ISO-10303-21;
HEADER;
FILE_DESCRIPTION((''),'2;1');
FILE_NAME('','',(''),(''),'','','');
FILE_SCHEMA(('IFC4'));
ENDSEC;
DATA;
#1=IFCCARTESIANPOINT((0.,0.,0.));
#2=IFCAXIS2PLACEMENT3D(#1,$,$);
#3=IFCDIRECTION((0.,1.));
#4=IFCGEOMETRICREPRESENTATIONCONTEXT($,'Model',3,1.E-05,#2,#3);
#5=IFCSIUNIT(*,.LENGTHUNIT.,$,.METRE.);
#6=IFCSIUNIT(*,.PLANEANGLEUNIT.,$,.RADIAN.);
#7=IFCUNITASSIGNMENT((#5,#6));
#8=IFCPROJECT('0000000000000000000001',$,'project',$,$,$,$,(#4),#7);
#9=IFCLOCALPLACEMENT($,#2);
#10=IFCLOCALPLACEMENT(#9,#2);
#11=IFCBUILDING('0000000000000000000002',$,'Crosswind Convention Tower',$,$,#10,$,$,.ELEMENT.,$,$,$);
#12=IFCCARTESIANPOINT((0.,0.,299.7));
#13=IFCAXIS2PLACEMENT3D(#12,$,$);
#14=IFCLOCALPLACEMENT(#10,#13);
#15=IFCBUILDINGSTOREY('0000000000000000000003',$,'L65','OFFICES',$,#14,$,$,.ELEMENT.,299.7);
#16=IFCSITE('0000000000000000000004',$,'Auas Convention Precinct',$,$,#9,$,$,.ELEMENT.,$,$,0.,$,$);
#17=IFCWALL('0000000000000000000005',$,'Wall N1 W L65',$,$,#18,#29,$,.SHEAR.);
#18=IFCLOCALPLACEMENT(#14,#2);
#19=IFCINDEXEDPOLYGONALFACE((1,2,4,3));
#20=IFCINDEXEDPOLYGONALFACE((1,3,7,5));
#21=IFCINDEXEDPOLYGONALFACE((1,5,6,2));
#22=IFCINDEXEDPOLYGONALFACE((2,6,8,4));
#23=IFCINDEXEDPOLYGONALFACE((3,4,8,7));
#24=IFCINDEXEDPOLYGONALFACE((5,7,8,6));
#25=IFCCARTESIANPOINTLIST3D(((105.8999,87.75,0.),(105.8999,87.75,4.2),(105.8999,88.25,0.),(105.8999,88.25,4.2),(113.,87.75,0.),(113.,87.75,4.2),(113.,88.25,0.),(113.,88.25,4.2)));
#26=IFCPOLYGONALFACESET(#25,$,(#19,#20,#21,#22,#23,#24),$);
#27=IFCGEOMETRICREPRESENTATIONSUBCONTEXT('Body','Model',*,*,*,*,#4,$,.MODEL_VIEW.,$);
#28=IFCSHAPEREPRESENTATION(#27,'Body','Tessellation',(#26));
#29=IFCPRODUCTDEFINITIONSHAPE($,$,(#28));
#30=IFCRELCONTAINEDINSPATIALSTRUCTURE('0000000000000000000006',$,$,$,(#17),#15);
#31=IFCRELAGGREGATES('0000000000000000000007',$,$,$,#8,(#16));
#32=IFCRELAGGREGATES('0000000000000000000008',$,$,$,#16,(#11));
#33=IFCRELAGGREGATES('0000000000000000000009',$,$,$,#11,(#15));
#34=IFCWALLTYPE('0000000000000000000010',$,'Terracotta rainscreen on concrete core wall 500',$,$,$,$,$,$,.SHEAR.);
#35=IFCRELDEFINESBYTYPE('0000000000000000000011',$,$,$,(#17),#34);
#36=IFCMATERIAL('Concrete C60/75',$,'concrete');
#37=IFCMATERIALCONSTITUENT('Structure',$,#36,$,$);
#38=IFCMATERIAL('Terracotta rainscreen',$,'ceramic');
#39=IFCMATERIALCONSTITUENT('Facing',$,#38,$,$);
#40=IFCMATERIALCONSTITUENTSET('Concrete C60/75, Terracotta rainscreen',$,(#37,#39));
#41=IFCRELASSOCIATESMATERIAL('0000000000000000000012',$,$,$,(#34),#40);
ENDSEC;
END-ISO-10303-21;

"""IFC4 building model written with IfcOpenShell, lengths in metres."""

from ifc_helpers import new_model, si_unit, direction, frame, frame_2d, origin, place, context, subcontext, project, spatial, rectangle, extrude, material, constituent, constituent_set, type_object, element, save


model = new_model("IFC4")

# Units and contexts
model_context = context("Model", 3, precision=1e-05, world=origin(), true_north=direction((0.0, 1.0)))
body_context = subcontext(model_context, "Body", "Model", "MODEL_VIEW")
ifc_project = project(units=[si_unit("LENGTHUNIT", "METRE"), si_unit("PLANEANGLEUNIT", "RADIAN")], contexts=[model_context])

# Site, building, storey
site_placement = place(None, origin())
site = spatial("IfcSite", under=ifc_project, at=site_placement, Name="Auas Convention Precinct", CompositionType="ELEMENT", RefElevation=0.0)
building_placement = place(site_placement, origin())
building = spatial("IfcBuilding", under=site, at=building_placement, Name="Crosswind Convention Tower", CompositionType="ELEMENT")
storey_placement = place(building_placement, frame((0.0, 0.0, 299.7)))
storey = spatial("IfcBuildingStorey", under=building, at=storey_placement, Name="L65", Description="OFFICES", CompositionType="ELEMENT", Elevation=299.7)

# Shared definitions
ifc_material_1 = material(Name="Concrete C60/75", Category="concrete")

# Wall
ifc_constituent_1 = constituent(ifc_material_1, Name="Structure")
ifc_material_2 = material(Name="Terracotta rainscreen", Category="ceramic")
ifc_constituent_2 = constituent(ifc_material_2, Name="Facing")
ifc_constituent_set = constituent_set(constituents=[ifc_constituent_1, ifc_constituent_2], Name="Concrete C60/75, Terracotta rainscreen")
wall_type_1 = type_object("IfcWallType", Name="Terracotta rainscreen on concrete core wall 500", PredefinedType="SHEAR", material=ifc_constituent_set)
wall_1_placement = place(storey_placement, frame((113.0, 88.0, 0.0), z_axis=(0.0, 0.0, 1.0), x_axis=(-1.0, 0.0, 0.0)))
element("IfcWall", 1, at=wall_1_placement, inside=storey, type_object=wall_type_1, Name="Wall N1 W L65", PredefinedType="SHEAR", context=body_context, shape_type="SweptSolid", body=[
    extrude(rectangle(XDim=7.1001, YDim=0.5, at=frame_2d((3.55, 0.0))), origin(), (0.0, 0.0, 1.0), 4.2),
])

save(model, "model.ifc")
